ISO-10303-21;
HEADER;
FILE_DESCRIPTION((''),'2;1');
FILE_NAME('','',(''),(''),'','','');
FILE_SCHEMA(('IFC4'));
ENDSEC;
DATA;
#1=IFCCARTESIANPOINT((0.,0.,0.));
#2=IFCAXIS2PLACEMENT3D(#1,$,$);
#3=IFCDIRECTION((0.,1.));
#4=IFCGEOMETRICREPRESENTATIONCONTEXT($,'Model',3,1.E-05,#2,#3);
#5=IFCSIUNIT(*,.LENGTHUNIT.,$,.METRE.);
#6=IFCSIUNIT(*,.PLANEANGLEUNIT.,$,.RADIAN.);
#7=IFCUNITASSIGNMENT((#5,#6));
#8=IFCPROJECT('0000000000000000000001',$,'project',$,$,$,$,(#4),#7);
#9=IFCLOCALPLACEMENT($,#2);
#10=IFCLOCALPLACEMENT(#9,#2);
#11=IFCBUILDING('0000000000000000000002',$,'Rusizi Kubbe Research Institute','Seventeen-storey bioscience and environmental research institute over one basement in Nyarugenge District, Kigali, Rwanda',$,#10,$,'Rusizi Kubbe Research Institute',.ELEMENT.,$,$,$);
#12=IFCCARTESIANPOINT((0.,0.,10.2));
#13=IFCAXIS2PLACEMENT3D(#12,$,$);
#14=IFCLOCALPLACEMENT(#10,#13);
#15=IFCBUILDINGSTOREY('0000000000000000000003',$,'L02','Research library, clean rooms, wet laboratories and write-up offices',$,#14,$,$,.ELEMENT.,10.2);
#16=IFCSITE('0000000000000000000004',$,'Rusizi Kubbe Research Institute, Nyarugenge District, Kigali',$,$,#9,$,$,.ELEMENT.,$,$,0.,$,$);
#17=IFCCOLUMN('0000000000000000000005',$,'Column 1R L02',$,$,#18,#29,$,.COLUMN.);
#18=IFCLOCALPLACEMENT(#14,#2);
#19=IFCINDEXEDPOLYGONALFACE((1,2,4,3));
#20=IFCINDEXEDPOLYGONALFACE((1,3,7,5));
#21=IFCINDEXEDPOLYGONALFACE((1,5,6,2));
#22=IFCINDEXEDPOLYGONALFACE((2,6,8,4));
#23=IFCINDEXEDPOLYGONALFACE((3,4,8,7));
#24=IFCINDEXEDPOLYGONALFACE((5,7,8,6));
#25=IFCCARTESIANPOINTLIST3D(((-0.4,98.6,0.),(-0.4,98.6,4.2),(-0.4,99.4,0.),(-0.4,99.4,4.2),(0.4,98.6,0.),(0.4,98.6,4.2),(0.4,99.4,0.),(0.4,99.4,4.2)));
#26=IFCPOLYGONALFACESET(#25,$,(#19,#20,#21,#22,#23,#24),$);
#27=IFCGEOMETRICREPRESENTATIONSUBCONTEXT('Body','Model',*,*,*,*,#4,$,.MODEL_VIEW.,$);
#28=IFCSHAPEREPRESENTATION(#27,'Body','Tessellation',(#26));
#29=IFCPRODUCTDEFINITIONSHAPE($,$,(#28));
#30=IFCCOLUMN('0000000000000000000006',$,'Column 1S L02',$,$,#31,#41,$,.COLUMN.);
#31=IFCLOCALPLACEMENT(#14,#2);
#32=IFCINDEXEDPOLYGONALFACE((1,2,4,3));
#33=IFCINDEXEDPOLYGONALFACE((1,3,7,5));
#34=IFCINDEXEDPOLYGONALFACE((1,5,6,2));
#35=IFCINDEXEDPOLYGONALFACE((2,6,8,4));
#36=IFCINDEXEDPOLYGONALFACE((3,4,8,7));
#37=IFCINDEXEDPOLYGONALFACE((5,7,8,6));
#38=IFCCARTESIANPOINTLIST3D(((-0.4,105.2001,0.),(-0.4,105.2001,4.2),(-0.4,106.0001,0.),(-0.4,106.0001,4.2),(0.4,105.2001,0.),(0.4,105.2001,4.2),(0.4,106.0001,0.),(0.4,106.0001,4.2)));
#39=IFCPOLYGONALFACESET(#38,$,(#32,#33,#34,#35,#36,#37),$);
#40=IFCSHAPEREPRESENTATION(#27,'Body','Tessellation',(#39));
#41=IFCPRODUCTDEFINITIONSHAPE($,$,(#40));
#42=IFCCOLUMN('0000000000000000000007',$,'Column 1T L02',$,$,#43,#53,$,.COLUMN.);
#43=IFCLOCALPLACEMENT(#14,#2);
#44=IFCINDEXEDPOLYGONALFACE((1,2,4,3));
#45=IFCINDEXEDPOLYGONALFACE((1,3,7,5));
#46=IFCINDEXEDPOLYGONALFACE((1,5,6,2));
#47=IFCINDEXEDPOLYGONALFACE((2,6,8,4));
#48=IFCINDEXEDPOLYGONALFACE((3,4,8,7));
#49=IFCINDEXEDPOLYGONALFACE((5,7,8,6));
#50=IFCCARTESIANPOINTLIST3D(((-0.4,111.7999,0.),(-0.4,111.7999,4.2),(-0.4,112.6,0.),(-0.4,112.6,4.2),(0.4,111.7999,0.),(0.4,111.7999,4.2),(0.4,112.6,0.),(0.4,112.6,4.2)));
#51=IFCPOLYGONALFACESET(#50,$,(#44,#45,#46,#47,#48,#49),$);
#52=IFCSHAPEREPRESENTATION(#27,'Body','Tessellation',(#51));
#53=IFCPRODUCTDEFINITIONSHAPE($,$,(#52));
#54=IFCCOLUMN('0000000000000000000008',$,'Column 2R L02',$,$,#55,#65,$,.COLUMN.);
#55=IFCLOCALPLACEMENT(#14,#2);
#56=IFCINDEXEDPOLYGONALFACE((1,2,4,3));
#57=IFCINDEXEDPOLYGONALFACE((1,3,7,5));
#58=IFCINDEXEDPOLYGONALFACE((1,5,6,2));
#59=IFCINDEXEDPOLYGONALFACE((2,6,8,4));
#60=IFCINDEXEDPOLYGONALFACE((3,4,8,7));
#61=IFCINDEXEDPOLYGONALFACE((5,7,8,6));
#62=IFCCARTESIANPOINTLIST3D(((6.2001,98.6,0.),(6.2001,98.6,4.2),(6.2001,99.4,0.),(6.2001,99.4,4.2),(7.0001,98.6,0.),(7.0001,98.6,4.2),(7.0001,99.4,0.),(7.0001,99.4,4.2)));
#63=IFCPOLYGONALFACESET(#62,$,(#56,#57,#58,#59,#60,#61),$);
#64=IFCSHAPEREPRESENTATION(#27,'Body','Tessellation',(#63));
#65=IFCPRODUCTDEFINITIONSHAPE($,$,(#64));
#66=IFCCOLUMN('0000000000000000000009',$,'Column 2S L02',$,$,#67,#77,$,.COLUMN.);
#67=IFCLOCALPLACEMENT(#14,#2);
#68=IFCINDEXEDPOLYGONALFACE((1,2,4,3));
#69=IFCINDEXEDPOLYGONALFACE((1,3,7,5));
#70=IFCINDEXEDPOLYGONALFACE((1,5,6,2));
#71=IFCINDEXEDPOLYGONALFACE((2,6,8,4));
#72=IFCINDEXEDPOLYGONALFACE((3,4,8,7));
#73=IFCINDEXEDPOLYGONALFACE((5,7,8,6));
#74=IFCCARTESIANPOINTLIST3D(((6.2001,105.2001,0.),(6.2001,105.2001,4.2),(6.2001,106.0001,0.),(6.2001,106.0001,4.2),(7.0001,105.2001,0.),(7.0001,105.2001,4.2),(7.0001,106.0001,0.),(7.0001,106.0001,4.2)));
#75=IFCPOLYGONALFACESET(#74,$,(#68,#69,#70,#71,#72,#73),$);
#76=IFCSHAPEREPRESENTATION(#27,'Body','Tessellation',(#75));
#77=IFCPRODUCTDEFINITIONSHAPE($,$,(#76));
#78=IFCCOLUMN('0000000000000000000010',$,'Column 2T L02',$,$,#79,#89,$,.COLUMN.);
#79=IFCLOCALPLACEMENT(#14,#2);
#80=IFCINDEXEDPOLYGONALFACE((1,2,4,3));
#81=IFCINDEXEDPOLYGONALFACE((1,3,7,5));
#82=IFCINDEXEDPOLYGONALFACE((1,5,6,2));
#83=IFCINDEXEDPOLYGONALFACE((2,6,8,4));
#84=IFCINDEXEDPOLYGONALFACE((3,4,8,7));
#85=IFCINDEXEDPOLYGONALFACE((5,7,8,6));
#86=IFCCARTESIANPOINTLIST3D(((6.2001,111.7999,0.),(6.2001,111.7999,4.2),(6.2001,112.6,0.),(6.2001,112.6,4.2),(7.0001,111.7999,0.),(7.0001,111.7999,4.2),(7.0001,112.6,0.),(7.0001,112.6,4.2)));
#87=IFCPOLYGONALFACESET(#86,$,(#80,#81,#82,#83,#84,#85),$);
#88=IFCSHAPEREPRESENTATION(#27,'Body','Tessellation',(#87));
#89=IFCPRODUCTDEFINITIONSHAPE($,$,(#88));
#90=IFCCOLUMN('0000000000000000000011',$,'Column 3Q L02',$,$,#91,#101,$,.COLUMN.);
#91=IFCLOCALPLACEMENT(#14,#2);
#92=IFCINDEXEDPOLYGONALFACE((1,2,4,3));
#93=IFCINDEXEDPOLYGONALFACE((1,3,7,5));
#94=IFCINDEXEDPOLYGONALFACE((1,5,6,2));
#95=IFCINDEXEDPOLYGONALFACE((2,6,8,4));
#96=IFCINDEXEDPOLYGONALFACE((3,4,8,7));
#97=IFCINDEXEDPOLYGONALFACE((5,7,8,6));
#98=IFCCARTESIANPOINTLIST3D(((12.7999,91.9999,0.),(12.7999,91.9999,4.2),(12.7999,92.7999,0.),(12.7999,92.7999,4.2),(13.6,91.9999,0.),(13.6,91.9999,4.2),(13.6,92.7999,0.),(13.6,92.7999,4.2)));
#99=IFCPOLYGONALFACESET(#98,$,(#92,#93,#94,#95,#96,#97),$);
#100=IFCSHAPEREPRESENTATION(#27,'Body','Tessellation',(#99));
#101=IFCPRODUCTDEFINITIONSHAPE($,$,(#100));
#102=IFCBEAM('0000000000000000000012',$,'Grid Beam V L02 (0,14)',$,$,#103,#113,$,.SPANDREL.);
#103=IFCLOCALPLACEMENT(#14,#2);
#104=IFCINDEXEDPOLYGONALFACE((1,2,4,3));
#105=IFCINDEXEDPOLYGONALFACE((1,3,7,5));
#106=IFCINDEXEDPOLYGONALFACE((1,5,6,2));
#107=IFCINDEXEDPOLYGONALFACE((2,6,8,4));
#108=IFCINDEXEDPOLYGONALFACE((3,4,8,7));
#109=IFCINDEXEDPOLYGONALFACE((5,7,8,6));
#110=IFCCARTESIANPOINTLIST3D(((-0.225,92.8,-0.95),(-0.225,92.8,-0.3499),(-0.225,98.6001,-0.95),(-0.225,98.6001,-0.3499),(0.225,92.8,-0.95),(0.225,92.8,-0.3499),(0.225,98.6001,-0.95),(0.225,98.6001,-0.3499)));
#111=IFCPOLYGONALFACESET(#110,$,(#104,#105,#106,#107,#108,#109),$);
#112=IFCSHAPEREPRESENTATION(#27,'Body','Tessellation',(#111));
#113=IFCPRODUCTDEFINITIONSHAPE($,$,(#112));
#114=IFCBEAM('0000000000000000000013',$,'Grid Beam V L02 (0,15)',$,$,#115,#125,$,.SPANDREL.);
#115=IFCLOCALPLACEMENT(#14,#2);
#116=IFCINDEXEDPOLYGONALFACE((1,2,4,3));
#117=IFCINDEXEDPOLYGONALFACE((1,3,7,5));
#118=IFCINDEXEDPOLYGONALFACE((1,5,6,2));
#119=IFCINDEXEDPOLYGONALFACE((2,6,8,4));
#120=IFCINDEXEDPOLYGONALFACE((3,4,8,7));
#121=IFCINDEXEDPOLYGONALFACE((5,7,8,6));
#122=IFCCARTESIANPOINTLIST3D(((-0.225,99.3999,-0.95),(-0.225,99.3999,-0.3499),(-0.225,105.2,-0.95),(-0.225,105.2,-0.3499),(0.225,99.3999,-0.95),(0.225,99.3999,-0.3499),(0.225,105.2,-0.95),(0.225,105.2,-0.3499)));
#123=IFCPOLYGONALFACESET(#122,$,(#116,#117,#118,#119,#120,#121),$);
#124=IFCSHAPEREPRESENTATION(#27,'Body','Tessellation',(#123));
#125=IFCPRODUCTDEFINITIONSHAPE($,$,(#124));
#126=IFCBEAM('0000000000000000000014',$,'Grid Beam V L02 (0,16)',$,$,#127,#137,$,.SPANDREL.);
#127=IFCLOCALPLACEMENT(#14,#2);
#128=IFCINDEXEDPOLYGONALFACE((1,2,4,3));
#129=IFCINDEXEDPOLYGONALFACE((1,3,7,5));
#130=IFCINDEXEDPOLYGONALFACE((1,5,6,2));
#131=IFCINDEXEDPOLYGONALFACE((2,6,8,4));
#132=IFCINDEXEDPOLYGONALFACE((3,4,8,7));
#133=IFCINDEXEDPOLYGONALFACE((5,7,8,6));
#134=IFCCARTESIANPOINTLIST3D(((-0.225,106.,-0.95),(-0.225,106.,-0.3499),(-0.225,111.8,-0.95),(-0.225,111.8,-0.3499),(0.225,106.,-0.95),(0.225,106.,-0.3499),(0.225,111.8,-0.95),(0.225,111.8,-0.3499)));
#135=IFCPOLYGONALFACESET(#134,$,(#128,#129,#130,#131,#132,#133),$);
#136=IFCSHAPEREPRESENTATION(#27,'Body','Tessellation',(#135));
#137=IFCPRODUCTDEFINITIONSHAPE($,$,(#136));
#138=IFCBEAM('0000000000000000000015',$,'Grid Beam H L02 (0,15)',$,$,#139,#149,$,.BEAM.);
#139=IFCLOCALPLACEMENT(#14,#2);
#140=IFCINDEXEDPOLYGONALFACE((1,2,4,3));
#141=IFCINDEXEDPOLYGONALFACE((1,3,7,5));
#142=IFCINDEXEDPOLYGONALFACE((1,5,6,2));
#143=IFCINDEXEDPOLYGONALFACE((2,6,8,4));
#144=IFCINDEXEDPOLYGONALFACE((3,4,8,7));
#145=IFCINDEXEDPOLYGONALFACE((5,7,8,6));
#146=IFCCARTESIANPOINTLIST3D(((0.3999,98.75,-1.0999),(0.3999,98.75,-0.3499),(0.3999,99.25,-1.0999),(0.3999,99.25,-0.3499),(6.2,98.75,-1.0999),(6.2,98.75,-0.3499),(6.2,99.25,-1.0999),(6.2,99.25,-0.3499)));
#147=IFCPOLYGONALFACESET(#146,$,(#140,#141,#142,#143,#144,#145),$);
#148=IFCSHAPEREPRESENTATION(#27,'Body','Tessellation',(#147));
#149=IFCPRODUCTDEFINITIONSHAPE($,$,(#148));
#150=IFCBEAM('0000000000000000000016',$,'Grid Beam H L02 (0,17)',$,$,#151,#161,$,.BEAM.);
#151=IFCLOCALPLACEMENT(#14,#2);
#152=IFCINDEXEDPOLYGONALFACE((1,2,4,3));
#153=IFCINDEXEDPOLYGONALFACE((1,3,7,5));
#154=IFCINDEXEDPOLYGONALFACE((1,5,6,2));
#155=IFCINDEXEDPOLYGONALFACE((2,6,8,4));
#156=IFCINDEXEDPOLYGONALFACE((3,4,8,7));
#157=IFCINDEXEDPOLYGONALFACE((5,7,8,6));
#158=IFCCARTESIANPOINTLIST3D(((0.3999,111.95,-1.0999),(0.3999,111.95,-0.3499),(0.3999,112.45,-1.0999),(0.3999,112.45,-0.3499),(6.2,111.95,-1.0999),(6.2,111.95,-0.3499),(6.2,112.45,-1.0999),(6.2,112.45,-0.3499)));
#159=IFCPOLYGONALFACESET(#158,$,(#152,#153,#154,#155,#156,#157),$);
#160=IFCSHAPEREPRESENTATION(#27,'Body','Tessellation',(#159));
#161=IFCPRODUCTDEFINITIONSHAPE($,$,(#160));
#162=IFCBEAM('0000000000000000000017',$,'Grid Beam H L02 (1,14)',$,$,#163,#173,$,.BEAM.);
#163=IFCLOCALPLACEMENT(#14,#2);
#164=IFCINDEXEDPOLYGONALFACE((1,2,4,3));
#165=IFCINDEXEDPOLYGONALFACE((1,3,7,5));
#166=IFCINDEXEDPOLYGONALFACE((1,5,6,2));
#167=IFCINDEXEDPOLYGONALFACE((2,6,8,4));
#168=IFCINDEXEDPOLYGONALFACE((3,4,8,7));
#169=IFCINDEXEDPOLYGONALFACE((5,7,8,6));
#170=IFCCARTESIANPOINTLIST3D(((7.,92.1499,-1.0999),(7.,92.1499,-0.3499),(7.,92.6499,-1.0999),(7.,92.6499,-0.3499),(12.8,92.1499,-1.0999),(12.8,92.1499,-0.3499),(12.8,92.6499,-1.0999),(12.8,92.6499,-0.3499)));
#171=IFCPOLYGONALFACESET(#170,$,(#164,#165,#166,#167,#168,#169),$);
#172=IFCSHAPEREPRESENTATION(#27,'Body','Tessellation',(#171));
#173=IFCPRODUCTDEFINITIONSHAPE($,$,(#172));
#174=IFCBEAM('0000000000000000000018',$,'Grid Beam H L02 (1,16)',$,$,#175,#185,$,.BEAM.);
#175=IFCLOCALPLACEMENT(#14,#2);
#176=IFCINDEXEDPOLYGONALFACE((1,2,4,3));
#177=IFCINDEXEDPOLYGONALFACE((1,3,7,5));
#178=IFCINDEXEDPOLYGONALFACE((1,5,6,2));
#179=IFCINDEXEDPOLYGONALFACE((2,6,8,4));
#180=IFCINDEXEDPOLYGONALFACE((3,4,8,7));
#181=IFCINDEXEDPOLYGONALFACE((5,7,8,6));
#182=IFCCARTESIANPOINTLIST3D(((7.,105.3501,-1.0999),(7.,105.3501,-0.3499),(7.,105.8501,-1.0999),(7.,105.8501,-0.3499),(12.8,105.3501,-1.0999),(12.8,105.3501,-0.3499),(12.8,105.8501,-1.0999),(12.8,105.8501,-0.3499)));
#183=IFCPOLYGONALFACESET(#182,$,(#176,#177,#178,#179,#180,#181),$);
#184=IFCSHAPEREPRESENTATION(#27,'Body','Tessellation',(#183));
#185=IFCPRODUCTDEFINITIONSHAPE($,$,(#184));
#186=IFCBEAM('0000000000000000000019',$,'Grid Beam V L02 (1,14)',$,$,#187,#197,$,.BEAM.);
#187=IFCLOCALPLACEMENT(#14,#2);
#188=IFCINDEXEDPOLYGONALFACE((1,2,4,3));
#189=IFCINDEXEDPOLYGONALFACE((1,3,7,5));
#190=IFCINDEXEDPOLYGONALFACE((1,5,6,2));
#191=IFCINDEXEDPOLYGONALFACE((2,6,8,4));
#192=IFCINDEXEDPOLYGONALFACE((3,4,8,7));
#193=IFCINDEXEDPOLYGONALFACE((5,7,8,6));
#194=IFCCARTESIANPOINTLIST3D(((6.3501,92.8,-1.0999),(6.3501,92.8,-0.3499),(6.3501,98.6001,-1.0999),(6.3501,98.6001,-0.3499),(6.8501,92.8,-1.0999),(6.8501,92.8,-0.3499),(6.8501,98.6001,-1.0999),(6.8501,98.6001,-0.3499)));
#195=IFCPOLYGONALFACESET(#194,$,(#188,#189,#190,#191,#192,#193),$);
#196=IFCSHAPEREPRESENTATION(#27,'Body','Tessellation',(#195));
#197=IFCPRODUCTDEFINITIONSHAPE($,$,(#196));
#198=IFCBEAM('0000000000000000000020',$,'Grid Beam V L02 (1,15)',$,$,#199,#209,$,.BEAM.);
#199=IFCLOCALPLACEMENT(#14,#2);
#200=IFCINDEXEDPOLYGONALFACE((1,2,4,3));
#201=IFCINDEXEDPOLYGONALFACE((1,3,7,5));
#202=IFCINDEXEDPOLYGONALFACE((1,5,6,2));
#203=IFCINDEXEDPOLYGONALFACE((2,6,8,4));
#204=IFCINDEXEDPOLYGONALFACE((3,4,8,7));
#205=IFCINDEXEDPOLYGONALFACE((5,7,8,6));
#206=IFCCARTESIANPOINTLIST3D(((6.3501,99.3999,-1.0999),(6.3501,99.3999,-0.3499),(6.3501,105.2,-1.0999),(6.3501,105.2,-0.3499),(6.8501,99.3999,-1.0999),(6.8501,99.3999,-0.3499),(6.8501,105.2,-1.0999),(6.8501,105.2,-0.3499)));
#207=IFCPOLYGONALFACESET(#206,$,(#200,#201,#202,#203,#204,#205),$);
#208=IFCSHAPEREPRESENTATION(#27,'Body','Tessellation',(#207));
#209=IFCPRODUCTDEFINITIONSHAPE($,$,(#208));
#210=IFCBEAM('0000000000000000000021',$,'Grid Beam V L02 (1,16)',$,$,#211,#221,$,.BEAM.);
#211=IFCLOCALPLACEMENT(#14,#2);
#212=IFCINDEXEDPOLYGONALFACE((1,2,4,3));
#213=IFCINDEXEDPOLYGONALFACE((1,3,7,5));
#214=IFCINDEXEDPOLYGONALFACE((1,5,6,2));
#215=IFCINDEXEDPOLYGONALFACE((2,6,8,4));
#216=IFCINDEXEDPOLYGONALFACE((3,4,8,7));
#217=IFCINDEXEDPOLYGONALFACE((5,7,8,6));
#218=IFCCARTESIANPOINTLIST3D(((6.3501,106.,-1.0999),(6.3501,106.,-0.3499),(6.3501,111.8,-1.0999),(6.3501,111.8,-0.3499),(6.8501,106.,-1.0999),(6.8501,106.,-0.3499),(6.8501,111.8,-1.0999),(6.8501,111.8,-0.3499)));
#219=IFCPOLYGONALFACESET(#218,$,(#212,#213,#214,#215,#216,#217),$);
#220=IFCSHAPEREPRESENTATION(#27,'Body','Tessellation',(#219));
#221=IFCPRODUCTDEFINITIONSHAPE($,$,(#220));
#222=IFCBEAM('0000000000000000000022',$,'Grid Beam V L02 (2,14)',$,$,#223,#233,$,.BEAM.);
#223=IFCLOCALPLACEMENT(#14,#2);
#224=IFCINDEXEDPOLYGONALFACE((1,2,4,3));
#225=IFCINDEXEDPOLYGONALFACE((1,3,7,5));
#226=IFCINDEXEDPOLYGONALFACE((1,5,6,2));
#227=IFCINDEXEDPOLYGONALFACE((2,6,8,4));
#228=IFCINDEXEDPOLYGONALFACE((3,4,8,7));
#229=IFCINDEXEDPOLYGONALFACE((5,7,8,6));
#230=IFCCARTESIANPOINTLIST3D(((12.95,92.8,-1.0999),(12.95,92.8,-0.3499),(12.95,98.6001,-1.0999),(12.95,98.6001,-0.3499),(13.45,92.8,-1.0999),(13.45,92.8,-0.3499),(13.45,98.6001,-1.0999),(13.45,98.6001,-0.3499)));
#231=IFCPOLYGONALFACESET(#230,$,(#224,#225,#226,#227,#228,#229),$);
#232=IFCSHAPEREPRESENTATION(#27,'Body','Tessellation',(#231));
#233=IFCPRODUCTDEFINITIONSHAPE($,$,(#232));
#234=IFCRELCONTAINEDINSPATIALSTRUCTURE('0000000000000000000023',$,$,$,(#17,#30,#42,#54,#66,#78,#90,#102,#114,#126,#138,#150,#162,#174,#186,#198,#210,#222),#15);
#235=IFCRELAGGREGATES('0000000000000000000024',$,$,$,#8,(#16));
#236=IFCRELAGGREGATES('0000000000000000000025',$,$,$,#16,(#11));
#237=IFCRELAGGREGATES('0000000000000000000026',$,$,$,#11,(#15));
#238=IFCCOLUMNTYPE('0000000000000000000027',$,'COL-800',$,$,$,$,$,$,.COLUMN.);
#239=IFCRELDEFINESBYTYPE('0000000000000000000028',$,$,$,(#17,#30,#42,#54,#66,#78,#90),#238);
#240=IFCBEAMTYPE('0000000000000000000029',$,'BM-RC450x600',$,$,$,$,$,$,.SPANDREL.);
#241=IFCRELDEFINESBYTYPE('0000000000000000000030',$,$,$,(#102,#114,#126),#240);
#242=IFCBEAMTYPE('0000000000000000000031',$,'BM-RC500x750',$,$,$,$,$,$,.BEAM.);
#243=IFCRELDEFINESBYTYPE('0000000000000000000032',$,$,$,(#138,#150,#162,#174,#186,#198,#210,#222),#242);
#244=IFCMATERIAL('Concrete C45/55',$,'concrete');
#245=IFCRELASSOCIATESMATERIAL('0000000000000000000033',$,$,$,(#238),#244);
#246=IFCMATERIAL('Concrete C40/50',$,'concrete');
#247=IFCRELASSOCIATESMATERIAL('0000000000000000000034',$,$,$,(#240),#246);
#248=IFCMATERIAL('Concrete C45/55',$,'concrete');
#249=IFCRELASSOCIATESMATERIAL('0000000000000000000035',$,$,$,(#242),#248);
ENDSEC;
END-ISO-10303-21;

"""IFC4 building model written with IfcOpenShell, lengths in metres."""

from ifc_helpers import new_model, si_unit, direction, frame, origin, origin_2d, place, context, subcontext, project, spatial, rectangle, extrude, material, material_profile, profile_set, type_object, element, save


model = new_model("IFC4")

# Units and contexts
model_context = context("Model", 3, precision=1e-05, world=origin(), true_north=direction((0.0, 1.0)))
body_context = subcontext(model_context, "Body", "Model", "MODEL_VIEW")
ifc_project = project(units=[si_unit("LENGTHUNIT", "METRE"), si_unit("PLANEANGLEUNIT", "RADIAN")], contexts=[model_context])

# Site, building, storey
site_placement = place(None, origin())
site = spatial("IfcSite", under=ifc_project, at=site_placement, Name="Rusizi Kubbe Research Institute, Nyarugenge District, Kigali", CompositionType="ELEMENT", RefElevation=0.0)
building_placement = place(site_placement, origin())
building = spatial("IfcBuilding", under=site, at=building_placement, Name="Rusizi Kubbe Research Institute", Description="Seventeen-storey bioscience and environmental research institute over one basement in Nyarugenge District, Kigali, Rwanda", LongName="Rusizi Kubbe Research Institute", CompositionType="ELEMENT")
storey_placement = place(building_placement, frame((0.0, 0.0, 10.2)))
storey = spatial("IfcBuildingStorey", under=building, at=storey_placement, Name="L02", Description="Research library, clean rooms, wet laboratories and write-up offices", CompositionType="ELEMENT", Elevation=10.2)

# Columns
ifc_material_1 = material(Name="Concrete C45/55", Category="concrete")
ifc_material_profile_1 = material_profile(ifc_material_1, rectangle(XDim=0.8, YDim=0.8, at=origin_2d()), Name="RC800x800")
ifc_profile_set_1 = profile_set([ifc_material_profile_1], Name="Concrete C45/55")
column_type = type_object("IfcColumnType", Name="COL-800", PredefinedType="COLUMN", material=ifc_profile_set_1)
for number, where, z_axis, x_axis, name in (
    (1, (0.0, 99.0, 0.0), (0.0, 0.0, 1.0), (1.0, 0.0, 0.0), "Column 1R L02"),
    (2, (0.0, 105.6001, 0.0), (0.0, 0.0, 1.0), (1.0, 0.0, 0.0), "Column 1S L02"),
    (3, (0.0, 112.2, 0.0), (0.0, 0.0, 1.0), (1.0, 0.0, 0.0), "Column 1T L02"),
    (4, (6.6001, 99.0, 0.0), (0.0, 0.0, 1.0), (1.0, 0.0, 0.0), "Column 2R L02"),
    (5, (6.6001, 105.6001, 0.0), (0.0, 0.0, 1.0), (1.0, 0.0, 0.0), "Column 2S L02"),
    (6, (6.6001, 112.2, 0.0), (0.0, 0.0, 1.0), (1.0, 0.0, 0.0), "Column 2T L02"),
    (7, (13.2, 92.3999, 0.0), (0.0, 0.0, 1.0), (1.0, 0.0, 0.0), "Column 3Q L02"),
):
    element("IfcColumn", number, at=place(storey_placement, frame(where, z_axis=z_axis, x_axis=x_axis)), inside=storey, type_object=column_type, Name=name, PredefinedType="COLUMN", context=body_context, shape_type="SweptSolid", body=[
        extrude(rectangle(XDim=0.8, YDim=0.8, at=origin_2d()), origin(), (0.0, 0.0, 1.0), 4.2),
    ])

# Beams
ifc_material_2 = material(Name="Concrete C40/50", Category="concrete")
ifc_material_profile_2 = material_profile(ifc_material_2, rectangle(XDim=0.45, YDim=0.6001, at=origin_2d()), Name="RC450x600")
ifc_profile_set_2 = profile_set([ifc_material_profile_2], Name="Concrete C40/50")
beam_type_1 = type_object("IfcBeamType", Name="BM-RC450x600", PredefinedType="SPANDREL", material=ifc_profile_set_2)
for number, where, z_axis, x_axis, name in (
    (8, (0.0, 92.8, -0.6499), (0.0, 1.0, 0.0), (-1.0, 0.0, 0.0), "Grid Beam V L02 (0,14)"),
    (9, (0.0, 99.3999, -0.6499), (0.0, 1.0, 0.0), (-1.0, 0.0, 0.0), "Grid Beam V L02 (0,15)"),
    (10, (0.0, 106.0, -0.6499), (0.0, 1.0, 0.0), (-1.0, 0.0, 0.0), "Grid Beam V L02 (0,16)"),
):
    element("IfcBeam", number, at=place(storey_placement, frame(where, z_axis=z_axis, x_axis=x_axis)), inside=storey, type_object=beam_type_1, Name=name, PredefinedType="SPANDREL", context=body_context, shape_type="SweptSolid", body=[
        extrude(rectangle(XDim=0.45, YDim=0.6001, at=origin_2d()), origin(), (0.0, 0.0, 1.0), 5.8),
    ])
ifc_material_3 = material(Name="Concrete C45/55", Category="concrete")
ifc_material_profile_3 = material_profile(ifc_material_3, rectangle(XDim=0.5, YDim=0.75, at=origin_2d()), Name="RC500x750B")
ifc_profile_set_3 = profile_set([ifc_material_profile_3], Name="Concrete C45/55")
beam_type_2 = type_object("IfcBeamType", Name="BM-RC500x750", PredefinedType="BEAM", material=ifc_profile_set_3)
for number, where, z_axis, x_axis, name in (
    (11, (0.3999, 99.0, -0.7249), (1.0, 0.0, 0.0), (0.0, 1.0, 0.0), "Grid Beam H L02 (0,15)"),
    (12, (0.3999, 112.2, -0.7249), (1.0, 0.0, 0.0), (0.0, 1.0, 0.0), "Grid Beam H L02 (0,17)"),
    (13, (7.0, 92.3999, -0.7249), (1.0, 0.0, 0.0), (0.0, 1.0, 0.0), "Grid Beam H L02 (1,14)"),
    (14, (7.0, 105.6001, -0.7249), (1.0, 0.0, 0.0), (0.0, 1.0, 0.0), "Grid Beam H L02 (1,16)"),
    (15, (6.6001, 92.8, -0.7249), (0.0, 1.0, 0.0), (-1.0, 0.0, 0.0), "Grid Beam V L02 (1,14)"),
    (16, (6.6001, 99.3999, -0.7249), (0.0, 1.0, 0.0), (-1.0, 0.0, 0.0), "Grid Beam V L02 (1,15)"),
    (17, (6.6001, 106.0, -0.7249), (0.0, 1.0, 0.0), (-1.0, 0.0, 0.0), "Grid Beam V L02 (1,16)"),
    (18, (13.2, 92.8, -0.7249), (0.0, 1.0, 0.0), (-1.0, 0.0, 0.0), "Grid Beam V L02 (2,14)"),
):
    element("IfcBeam", number, at=place(storey_placement, frame(where, z_axis=z_axis, x_axis=x_axis)), inside=storey, type_object=beam_type_2, Name=name, PredefinedType="BEAM", context=body_context, shape_type="SweptSolid", body=[
        extrude(rectangle(XDim=0.5, YDim=0.75, at=origin_2d()), origin(), (0.0, 0.0, 1.0), 5.8),
    ])

save(model, "model.ifc")
